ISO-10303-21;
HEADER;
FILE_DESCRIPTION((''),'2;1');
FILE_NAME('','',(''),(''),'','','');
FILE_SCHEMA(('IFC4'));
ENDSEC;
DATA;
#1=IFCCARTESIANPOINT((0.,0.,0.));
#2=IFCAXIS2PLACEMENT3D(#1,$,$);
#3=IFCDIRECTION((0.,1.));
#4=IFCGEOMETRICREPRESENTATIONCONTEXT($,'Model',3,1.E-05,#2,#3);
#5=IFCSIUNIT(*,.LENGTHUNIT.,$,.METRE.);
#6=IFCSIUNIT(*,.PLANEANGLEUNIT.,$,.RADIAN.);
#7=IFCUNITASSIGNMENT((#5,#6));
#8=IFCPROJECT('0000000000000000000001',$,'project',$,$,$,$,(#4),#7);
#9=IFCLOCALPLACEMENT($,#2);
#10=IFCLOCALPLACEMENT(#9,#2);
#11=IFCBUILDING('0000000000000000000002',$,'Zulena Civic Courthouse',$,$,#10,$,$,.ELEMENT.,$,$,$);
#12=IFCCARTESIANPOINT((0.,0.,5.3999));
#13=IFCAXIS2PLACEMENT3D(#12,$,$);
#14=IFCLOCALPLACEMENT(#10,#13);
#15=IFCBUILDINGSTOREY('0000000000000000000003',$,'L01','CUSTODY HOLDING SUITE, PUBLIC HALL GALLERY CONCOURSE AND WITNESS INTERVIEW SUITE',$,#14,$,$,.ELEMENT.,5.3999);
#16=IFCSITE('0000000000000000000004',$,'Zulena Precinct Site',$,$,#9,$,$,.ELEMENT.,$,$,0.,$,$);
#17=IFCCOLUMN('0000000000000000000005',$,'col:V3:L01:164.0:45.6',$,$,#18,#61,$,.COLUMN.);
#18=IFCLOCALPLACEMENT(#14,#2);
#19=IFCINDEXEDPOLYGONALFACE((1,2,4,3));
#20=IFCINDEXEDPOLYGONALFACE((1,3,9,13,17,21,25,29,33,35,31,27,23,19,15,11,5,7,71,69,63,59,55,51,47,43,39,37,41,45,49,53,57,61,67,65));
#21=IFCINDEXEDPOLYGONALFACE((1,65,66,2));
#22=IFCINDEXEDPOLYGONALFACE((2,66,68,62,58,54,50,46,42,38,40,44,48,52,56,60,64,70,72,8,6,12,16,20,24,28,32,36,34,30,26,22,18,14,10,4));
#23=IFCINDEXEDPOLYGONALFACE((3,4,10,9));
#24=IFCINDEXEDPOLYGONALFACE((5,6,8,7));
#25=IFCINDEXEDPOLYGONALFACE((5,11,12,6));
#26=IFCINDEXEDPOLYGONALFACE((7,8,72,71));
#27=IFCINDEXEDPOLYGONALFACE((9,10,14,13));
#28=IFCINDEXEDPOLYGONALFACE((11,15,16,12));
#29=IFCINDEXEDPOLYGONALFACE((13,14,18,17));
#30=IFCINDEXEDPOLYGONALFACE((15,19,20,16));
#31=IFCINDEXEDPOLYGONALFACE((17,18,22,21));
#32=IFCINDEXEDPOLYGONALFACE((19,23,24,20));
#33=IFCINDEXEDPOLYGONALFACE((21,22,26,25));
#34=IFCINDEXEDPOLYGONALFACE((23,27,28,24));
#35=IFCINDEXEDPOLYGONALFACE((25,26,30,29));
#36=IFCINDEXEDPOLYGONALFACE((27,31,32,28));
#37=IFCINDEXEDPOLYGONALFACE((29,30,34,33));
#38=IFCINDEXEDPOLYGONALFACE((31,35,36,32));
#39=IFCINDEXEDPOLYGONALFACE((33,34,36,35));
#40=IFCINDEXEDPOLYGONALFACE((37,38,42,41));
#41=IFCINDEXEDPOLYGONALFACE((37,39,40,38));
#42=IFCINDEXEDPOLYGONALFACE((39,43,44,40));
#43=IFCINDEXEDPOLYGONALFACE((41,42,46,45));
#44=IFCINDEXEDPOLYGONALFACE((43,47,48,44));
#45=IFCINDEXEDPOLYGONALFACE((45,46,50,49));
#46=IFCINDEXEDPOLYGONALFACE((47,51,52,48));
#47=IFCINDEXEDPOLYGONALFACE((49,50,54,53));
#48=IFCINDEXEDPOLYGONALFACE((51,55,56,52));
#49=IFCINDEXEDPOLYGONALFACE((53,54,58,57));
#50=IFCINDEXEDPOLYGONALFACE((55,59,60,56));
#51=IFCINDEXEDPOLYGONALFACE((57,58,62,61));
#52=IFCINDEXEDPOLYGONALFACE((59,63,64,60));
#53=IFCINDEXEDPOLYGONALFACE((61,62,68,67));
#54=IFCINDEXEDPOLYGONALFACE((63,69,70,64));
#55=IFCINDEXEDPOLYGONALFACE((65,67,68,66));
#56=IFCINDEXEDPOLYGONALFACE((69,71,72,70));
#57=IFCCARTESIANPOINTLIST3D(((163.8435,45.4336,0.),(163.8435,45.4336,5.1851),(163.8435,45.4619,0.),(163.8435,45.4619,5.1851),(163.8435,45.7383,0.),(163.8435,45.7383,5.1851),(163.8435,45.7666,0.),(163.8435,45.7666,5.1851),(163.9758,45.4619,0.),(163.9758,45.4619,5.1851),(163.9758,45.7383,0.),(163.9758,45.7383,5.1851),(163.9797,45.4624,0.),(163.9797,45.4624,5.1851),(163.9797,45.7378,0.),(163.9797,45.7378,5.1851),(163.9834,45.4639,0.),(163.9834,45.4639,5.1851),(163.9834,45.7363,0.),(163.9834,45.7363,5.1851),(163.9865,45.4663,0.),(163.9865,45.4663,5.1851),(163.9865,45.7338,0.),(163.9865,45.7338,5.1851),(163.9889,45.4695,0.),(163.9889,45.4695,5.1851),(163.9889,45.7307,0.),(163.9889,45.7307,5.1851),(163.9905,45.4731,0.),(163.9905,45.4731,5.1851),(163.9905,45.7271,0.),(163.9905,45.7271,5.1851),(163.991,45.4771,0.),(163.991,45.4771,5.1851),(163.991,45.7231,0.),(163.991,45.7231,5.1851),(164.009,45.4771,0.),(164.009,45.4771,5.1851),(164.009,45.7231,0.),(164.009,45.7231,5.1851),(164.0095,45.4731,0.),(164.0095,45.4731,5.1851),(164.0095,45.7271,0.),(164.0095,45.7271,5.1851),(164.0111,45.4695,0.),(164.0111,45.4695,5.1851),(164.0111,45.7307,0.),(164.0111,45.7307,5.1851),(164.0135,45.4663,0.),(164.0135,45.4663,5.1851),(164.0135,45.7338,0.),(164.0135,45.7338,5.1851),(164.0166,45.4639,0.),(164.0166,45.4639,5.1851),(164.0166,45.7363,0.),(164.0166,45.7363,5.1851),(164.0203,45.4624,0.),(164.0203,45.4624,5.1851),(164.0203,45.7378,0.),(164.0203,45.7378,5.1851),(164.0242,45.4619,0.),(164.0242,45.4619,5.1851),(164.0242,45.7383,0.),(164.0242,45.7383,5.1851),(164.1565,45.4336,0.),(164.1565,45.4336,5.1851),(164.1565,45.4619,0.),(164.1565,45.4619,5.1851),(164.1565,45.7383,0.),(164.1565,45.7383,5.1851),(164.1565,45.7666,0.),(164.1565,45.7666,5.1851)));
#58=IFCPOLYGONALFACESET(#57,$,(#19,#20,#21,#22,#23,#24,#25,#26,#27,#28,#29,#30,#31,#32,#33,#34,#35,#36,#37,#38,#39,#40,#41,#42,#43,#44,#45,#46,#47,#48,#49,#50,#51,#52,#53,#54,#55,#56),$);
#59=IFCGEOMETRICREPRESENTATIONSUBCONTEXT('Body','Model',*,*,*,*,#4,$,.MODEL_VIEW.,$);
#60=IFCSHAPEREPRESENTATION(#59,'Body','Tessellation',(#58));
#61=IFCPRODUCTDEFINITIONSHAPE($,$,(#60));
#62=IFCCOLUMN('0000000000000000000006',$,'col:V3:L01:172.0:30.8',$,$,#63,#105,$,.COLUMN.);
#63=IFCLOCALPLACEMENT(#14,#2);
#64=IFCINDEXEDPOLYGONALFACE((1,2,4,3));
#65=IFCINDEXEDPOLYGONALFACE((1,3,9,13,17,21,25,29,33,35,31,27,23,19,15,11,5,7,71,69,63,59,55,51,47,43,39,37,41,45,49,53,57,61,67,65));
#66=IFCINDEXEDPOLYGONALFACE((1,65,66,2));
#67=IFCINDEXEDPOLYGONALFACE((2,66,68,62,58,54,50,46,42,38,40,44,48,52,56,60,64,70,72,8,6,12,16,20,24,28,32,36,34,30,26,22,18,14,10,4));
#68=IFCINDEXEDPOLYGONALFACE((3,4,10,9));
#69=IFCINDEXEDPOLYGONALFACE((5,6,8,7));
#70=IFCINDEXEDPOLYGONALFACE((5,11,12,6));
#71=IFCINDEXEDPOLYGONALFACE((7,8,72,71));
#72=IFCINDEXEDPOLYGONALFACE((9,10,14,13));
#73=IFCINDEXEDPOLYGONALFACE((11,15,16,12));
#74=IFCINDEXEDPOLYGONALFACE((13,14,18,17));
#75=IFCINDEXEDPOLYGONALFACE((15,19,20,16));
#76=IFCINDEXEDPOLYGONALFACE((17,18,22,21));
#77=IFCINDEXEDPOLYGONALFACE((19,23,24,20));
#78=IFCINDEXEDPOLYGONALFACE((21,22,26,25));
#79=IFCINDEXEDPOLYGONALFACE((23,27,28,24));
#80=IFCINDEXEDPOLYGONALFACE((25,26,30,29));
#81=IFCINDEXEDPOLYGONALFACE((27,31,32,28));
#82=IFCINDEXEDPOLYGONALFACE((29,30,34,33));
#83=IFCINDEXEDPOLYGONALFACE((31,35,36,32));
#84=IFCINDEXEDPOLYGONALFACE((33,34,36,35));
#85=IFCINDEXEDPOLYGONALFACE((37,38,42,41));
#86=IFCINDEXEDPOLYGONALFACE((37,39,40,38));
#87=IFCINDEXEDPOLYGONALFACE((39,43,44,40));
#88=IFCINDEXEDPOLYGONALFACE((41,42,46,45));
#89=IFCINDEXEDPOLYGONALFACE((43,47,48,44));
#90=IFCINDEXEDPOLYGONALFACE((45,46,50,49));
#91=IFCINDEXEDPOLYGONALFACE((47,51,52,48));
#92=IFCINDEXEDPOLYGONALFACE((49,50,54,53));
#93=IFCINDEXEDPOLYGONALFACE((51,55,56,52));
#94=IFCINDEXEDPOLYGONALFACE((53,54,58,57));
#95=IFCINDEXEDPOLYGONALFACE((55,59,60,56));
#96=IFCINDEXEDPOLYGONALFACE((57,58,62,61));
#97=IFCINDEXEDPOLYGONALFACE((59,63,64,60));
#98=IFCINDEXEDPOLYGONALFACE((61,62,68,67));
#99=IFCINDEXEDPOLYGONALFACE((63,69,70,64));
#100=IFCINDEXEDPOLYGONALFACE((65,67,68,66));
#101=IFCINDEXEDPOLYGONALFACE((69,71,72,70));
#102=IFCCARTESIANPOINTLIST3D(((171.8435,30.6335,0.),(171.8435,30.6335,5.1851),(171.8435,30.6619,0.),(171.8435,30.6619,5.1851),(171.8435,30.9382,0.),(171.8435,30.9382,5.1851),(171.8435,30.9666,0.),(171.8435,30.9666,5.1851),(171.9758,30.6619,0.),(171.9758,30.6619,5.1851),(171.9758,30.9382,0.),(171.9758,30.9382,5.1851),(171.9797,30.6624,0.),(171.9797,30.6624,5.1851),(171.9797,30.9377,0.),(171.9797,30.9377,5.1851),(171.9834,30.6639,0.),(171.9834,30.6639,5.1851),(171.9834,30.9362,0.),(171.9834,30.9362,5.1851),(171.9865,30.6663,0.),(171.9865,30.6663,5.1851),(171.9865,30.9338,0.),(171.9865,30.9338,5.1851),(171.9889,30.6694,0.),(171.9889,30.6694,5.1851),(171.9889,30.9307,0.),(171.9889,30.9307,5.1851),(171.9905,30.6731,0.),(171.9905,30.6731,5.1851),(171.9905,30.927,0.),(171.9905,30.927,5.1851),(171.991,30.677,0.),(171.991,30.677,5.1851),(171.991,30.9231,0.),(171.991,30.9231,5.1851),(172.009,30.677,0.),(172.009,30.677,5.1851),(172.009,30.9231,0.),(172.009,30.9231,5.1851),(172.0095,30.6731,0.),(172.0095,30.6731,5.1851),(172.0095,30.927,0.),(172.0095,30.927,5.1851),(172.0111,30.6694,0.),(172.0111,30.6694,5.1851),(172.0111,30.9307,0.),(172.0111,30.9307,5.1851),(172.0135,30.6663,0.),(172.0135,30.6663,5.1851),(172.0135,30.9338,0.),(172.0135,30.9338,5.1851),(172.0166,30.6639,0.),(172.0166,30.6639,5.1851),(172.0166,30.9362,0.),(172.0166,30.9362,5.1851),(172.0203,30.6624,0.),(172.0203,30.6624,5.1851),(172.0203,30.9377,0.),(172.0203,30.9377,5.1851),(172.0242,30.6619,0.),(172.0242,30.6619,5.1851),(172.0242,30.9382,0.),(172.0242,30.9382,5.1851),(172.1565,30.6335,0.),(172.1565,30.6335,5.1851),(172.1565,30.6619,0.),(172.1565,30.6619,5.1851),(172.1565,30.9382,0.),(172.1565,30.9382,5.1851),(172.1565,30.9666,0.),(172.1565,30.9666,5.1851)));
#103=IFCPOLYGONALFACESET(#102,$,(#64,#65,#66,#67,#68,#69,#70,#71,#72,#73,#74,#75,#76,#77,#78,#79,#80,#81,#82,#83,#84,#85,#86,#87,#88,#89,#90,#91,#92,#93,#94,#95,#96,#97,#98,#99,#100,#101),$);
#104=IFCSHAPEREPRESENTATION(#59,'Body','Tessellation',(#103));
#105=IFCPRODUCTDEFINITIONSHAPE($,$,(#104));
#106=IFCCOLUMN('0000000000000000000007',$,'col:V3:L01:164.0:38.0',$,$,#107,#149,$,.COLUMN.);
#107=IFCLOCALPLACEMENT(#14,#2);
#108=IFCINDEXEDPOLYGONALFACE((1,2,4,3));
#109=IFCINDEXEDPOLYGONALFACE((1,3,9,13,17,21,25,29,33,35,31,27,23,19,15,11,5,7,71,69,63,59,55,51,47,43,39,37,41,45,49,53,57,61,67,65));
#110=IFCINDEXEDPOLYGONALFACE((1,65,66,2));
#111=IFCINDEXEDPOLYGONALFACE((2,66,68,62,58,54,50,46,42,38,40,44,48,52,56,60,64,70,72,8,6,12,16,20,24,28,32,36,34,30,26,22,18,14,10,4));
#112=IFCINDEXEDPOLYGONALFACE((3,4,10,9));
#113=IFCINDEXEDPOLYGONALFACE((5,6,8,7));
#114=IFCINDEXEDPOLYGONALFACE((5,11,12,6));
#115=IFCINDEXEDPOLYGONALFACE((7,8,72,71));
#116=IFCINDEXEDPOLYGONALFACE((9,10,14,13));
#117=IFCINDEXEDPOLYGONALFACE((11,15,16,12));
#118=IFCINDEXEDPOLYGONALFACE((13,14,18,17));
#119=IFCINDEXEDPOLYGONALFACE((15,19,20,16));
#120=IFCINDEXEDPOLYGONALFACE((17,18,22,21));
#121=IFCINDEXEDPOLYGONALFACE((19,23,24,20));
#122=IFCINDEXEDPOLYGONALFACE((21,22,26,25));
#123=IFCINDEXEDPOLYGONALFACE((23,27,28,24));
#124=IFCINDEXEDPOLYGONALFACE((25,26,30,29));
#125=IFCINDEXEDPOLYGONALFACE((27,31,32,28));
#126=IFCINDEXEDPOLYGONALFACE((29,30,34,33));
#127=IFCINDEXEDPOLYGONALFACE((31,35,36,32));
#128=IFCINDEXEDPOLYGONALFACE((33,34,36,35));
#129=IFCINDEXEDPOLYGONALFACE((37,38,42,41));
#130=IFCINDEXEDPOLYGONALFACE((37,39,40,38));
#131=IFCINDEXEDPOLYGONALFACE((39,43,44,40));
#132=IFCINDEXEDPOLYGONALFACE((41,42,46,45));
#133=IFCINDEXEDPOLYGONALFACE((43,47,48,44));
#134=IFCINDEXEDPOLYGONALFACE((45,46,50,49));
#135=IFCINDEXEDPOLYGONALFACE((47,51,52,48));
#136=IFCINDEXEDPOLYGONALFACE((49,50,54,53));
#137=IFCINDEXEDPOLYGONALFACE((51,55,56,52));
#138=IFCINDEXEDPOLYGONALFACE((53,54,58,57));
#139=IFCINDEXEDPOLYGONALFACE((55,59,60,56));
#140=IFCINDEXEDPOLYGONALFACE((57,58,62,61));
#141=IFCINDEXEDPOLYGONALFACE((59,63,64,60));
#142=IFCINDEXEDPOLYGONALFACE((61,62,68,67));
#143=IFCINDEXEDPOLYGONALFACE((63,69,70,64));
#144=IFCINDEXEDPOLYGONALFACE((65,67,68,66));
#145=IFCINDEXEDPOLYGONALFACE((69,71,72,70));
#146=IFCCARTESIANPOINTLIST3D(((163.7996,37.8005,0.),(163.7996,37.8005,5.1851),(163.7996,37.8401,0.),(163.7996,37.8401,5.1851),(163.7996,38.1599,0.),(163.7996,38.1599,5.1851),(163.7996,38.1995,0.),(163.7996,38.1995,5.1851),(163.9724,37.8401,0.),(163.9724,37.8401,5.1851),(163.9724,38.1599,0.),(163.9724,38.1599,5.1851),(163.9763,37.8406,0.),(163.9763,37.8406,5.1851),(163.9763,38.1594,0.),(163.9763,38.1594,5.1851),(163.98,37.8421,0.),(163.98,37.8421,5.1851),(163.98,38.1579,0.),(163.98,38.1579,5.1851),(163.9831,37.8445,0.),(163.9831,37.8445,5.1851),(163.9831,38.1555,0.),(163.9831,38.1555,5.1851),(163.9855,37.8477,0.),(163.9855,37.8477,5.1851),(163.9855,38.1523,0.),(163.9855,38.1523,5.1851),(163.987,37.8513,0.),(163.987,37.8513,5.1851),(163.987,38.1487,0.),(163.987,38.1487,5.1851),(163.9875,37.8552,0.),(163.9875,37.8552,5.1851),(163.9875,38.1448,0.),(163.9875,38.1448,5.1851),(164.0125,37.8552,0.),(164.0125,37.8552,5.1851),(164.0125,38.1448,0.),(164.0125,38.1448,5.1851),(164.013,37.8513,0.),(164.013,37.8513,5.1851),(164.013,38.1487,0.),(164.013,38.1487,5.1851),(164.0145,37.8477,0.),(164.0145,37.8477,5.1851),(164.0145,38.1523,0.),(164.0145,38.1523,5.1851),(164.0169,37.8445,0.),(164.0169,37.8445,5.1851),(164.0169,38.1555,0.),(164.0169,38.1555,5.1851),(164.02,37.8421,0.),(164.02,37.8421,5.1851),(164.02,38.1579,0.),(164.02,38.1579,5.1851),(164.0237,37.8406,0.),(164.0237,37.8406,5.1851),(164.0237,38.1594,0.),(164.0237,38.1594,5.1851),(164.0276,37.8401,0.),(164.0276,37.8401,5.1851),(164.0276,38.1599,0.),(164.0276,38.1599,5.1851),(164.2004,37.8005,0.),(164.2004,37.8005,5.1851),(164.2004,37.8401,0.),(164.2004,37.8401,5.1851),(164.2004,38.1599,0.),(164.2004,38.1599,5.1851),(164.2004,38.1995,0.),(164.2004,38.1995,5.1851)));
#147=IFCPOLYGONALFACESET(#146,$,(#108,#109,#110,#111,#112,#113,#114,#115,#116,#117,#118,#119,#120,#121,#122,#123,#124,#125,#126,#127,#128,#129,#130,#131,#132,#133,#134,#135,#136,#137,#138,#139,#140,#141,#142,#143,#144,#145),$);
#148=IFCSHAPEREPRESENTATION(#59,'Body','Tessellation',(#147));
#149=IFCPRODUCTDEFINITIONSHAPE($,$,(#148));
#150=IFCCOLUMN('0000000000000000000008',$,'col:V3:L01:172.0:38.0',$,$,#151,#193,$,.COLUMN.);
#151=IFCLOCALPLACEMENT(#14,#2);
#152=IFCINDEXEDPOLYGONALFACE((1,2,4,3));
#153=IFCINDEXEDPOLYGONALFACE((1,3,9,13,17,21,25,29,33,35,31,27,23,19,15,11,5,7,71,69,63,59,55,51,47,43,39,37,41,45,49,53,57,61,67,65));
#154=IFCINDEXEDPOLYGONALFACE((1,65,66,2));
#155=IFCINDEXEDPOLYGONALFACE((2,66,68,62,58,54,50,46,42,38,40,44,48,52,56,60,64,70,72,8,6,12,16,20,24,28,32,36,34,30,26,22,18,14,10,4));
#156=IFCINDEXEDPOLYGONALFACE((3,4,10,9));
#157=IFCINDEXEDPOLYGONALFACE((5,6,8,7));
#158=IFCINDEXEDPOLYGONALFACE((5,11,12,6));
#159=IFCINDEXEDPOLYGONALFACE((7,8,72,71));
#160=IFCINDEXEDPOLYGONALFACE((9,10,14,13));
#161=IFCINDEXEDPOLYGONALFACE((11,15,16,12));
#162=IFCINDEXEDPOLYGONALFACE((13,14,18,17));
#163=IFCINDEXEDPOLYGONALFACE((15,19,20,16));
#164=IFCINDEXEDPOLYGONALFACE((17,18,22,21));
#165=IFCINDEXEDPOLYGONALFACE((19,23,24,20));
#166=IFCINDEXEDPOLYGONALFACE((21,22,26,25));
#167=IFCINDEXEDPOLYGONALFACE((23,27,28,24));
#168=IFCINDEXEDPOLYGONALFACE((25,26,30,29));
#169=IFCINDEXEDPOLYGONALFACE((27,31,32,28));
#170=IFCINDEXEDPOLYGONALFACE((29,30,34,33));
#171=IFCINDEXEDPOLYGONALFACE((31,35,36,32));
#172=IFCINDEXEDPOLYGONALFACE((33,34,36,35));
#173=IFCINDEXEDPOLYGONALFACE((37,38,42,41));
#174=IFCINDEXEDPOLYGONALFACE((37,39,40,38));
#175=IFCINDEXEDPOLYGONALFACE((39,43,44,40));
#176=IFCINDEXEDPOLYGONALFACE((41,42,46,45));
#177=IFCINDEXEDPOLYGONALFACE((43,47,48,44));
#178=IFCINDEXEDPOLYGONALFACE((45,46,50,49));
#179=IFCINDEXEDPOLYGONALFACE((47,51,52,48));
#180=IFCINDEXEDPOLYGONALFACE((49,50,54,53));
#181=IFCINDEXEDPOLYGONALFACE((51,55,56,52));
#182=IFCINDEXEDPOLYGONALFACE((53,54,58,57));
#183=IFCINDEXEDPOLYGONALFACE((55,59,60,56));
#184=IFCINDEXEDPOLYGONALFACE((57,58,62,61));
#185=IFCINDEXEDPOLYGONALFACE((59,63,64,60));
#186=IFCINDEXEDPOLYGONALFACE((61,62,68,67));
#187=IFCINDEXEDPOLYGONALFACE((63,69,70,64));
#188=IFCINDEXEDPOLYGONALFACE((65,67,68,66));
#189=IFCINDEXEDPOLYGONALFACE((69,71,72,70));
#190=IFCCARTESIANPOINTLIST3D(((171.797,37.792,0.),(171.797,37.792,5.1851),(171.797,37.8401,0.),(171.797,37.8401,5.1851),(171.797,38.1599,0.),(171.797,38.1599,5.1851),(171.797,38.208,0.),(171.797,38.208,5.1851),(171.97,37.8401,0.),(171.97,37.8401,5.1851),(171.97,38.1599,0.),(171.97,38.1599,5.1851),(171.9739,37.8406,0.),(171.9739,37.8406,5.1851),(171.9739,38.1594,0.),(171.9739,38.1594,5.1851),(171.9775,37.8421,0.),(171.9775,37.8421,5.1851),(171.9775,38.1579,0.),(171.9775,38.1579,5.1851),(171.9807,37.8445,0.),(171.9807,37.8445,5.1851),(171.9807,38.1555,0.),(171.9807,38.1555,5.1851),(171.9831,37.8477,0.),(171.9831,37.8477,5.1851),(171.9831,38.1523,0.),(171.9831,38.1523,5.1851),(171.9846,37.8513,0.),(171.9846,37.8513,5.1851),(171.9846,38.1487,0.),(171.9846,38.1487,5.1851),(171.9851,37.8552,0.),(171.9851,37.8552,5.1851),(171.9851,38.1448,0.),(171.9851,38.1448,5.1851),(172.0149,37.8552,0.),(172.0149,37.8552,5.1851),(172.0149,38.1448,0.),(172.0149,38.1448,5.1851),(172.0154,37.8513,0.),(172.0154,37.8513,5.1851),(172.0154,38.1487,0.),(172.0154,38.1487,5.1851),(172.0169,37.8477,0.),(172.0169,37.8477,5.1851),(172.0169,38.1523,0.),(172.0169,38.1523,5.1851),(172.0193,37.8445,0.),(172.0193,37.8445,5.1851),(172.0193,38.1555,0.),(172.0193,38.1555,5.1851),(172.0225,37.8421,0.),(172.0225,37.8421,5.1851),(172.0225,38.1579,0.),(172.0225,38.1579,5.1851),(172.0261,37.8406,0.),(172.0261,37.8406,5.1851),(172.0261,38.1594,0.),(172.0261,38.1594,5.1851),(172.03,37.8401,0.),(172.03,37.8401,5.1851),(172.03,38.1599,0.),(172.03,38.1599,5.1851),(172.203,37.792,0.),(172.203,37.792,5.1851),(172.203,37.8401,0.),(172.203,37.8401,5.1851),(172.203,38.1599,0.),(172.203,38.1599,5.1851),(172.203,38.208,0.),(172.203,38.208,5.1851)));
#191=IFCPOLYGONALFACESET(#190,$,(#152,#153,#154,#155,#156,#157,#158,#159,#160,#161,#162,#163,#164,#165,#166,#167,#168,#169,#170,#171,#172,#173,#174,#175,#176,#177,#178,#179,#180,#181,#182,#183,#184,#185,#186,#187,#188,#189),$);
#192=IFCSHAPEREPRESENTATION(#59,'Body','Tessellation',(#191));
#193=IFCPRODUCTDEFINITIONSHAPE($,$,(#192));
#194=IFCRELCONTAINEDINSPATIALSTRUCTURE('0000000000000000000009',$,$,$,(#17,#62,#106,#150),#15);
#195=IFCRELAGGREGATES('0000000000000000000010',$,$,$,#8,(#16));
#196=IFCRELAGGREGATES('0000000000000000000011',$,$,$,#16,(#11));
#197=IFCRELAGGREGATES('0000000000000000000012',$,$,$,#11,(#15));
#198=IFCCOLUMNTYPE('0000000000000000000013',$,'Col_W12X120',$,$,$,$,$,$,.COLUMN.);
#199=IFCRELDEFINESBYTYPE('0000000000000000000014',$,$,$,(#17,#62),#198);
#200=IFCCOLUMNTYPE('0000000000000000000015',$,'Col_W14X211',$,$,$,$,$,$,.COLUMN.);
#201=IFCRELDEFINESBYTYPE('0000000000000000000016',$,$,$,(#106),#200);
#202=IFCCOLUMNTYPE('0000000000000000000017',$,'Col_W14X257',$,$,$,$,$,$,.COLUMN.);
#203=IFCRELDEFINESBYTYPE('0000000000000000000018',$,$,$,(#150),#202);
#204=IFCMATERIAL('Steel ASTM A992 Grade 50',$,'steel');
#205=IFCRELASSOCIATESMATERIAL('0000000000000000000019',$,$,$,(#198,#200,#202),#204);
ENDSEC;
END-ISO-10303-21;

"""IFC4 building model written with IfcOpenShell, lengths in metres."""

from ifc_helpers import new_model, si_unit, direction, frame, origin, origin_2d, place, context, subcontext, project, spatial, i_section, extrude, material, material_profile, profile_set, type_object, element, save


model = new_model("IFC4")

# Units and contexts
model_context = context("Model", 3, precision=1e-05, world=origin(), true_north=direction((0.0, 1.0)))
body_context = subcontext(model_context, "Body", "Model", "MODEL_VIEW")
ifc_project = project(units=[si_unit("LENGTHUNIT", "METRE"), si_unit("PLANEANGLEUNIT", "RADIAN")], contexts=[model_context])

# Site, building, storey
site_placement = place(None, origin())
site = spatial("IfcSite", under=ifc_project, at=site_placement, Name="Zulena Precinct Site", CompositionType="ELEMENT", RefElevation=0.0)
building_placement = place(site_placement, origin())
building = spatial("IfcBuilding", under=site, at=building_placement, Name="Zulena Civic Courthouse", CompositionType="ELEMENT")
storey_placement = place(building_placement, frame((0.0, 0.0, 5.3999)))
storey = spatial("IfcBuildingStorey", under=building, at=storey_placement, Name="L01", Description="CUSTODY HOLDING SUITE, PUBLIC HALL GALLERY CONCOURSE AND WITNESS INTERVIEW SUITE", CompositionType="ELEMENT", Elevation=5.3999)

# Columns
ifc_material_1 = material(Name="Steel ASTM A992 Grade 50", Category="steel")
ifc_material_profile_1 = material_profile(ifc_material_1, i_section(OverallWidth=0.313, OverallDepth=0.333, WebThickness=0.0181, FlangeThickness=0.0283, FilletRadius=0.0151, at=origin_2d()), Name="W12X120")
ifc_profile_set_1 = profile_set([ifc_material_profile_1], Name="Steel ASTM A992 Grade 50")
column_type_1 = type_object("IfcColumnType", Name="Col_W12X120", PredefinedType="COLUMN", material=ifc_profile_set_1)
for number, where, z_axis, x_axis, name in (
    (1, (164.0, 45.6001, 0.0), (0.0, 0.0, 1.0), (1.0, 0.0, 0.0), "col:V3:L01:164.0:45.6"),
    (2, (172.0, 30.8, 0.0), (0.0, 0.0, 1.0), (1.0, 0.0, 0.0), "col:V3:L01:172.0:30.8"),
):
    element("IfcColumn", number, at=place(storey_placement, frame(where, z_axis=z_axis, x_axis=x_axis)), inside=storey, type_object=column_type_1, Name=name, PredefinedType="COLUMN", context=body_context, shape_type="SweptSolid", body=[
        extrude(i_section(OverallWidth=0.313, OverallDepth=0.333, WebThickness=0.0181, FlangeThickness=0.0283, FilletRadius=0.0151, at=origin_2d()), origin(), (0.0, 0.0, 1.0), 5.1851),
    ])
ifc_material_profile_2 = material_profile(ifc_material_1, i_section(OverallWidth=0.4009, OverallDepth=0.3989, WebThickness=0.0249, FlangeThickness=0.0396, FilletRadius=0.0151, at=origin_2d()), Name="W14X211")
ifc_profile_set_2 = profile_set([ifc_material_profile_2], Name="Steel ASTM A992 Grade 50")
column_type_2 = type_object("IfcColumnType", Name="Col_W14X211", PredefinedType="COLUMN", material=ifc_profile_set_2)
column_1_placement = place(storey_placement, frame((164.0, 38.0, 0.0), z_axis=(0.0, 0.0, 1.0), x_axis=(1.0, 0.0, 0.0)))
element("IfcColumn", 3, at=column_1_placement, inside=storey, type_object=column_type_2, Name="col:V3:L01:164.0:38.0", PredefinedType="COLUMN", context=body_context, shape_type="SweptSolid", body=[
    extrude(i_section(OverallWidth=0.4009, OverallDepth=0.3989, WebThickness=0.0249, FlangeThickness=0.0396, FilletRadius=0.0151, at=origin_2d()), origin(), (0.0, 0.0, 1.0), 5.1851),
])
ifc_material_profile_3 = material_profile(ifc_material_1, i_section(OverallWidth=0.406, OverallDepth=0.416, WebThickness=0.0298, FlangeThickness=0.0481, FilletRadius=0.0151, at=origin_2d()), Name="W14X257")
ifc_profile_set_3 = profile_set([ifc_material_profile_3], Name="Steel ASTM A992 Grade 50")
column_type_3 = type_object("IfcColumnType", Name="Col_W14X257", PredefinedType="COLUMN", material=ifc_profile_set_3)
column_2_placement = place(storey_placement, frame((172.0, 38.0, 0.0), z_axis=(0.0, 0.0, 1.0), x_axis=(1.0, 0.0, 0.0)))
element("IfcColumn", 4, at=column_2_placement, inside=storey, type_object=column_type_3, Name="col:V3:L01:172.0:38.0", PredefinedType="COLUMN", context=body_context, shape_type="SweptSolid", body=[
    extrude(i_section(OverallWidth=0.406, OverallDepth=0.416, WebThickness=0.0298, FlangeThickness=0.0481, FilletRadius=0.0151, at=origin_2d()), origin(), (0.0, 0.0, 1.0), 5.1851),
])

save(model, "model.ifc")
